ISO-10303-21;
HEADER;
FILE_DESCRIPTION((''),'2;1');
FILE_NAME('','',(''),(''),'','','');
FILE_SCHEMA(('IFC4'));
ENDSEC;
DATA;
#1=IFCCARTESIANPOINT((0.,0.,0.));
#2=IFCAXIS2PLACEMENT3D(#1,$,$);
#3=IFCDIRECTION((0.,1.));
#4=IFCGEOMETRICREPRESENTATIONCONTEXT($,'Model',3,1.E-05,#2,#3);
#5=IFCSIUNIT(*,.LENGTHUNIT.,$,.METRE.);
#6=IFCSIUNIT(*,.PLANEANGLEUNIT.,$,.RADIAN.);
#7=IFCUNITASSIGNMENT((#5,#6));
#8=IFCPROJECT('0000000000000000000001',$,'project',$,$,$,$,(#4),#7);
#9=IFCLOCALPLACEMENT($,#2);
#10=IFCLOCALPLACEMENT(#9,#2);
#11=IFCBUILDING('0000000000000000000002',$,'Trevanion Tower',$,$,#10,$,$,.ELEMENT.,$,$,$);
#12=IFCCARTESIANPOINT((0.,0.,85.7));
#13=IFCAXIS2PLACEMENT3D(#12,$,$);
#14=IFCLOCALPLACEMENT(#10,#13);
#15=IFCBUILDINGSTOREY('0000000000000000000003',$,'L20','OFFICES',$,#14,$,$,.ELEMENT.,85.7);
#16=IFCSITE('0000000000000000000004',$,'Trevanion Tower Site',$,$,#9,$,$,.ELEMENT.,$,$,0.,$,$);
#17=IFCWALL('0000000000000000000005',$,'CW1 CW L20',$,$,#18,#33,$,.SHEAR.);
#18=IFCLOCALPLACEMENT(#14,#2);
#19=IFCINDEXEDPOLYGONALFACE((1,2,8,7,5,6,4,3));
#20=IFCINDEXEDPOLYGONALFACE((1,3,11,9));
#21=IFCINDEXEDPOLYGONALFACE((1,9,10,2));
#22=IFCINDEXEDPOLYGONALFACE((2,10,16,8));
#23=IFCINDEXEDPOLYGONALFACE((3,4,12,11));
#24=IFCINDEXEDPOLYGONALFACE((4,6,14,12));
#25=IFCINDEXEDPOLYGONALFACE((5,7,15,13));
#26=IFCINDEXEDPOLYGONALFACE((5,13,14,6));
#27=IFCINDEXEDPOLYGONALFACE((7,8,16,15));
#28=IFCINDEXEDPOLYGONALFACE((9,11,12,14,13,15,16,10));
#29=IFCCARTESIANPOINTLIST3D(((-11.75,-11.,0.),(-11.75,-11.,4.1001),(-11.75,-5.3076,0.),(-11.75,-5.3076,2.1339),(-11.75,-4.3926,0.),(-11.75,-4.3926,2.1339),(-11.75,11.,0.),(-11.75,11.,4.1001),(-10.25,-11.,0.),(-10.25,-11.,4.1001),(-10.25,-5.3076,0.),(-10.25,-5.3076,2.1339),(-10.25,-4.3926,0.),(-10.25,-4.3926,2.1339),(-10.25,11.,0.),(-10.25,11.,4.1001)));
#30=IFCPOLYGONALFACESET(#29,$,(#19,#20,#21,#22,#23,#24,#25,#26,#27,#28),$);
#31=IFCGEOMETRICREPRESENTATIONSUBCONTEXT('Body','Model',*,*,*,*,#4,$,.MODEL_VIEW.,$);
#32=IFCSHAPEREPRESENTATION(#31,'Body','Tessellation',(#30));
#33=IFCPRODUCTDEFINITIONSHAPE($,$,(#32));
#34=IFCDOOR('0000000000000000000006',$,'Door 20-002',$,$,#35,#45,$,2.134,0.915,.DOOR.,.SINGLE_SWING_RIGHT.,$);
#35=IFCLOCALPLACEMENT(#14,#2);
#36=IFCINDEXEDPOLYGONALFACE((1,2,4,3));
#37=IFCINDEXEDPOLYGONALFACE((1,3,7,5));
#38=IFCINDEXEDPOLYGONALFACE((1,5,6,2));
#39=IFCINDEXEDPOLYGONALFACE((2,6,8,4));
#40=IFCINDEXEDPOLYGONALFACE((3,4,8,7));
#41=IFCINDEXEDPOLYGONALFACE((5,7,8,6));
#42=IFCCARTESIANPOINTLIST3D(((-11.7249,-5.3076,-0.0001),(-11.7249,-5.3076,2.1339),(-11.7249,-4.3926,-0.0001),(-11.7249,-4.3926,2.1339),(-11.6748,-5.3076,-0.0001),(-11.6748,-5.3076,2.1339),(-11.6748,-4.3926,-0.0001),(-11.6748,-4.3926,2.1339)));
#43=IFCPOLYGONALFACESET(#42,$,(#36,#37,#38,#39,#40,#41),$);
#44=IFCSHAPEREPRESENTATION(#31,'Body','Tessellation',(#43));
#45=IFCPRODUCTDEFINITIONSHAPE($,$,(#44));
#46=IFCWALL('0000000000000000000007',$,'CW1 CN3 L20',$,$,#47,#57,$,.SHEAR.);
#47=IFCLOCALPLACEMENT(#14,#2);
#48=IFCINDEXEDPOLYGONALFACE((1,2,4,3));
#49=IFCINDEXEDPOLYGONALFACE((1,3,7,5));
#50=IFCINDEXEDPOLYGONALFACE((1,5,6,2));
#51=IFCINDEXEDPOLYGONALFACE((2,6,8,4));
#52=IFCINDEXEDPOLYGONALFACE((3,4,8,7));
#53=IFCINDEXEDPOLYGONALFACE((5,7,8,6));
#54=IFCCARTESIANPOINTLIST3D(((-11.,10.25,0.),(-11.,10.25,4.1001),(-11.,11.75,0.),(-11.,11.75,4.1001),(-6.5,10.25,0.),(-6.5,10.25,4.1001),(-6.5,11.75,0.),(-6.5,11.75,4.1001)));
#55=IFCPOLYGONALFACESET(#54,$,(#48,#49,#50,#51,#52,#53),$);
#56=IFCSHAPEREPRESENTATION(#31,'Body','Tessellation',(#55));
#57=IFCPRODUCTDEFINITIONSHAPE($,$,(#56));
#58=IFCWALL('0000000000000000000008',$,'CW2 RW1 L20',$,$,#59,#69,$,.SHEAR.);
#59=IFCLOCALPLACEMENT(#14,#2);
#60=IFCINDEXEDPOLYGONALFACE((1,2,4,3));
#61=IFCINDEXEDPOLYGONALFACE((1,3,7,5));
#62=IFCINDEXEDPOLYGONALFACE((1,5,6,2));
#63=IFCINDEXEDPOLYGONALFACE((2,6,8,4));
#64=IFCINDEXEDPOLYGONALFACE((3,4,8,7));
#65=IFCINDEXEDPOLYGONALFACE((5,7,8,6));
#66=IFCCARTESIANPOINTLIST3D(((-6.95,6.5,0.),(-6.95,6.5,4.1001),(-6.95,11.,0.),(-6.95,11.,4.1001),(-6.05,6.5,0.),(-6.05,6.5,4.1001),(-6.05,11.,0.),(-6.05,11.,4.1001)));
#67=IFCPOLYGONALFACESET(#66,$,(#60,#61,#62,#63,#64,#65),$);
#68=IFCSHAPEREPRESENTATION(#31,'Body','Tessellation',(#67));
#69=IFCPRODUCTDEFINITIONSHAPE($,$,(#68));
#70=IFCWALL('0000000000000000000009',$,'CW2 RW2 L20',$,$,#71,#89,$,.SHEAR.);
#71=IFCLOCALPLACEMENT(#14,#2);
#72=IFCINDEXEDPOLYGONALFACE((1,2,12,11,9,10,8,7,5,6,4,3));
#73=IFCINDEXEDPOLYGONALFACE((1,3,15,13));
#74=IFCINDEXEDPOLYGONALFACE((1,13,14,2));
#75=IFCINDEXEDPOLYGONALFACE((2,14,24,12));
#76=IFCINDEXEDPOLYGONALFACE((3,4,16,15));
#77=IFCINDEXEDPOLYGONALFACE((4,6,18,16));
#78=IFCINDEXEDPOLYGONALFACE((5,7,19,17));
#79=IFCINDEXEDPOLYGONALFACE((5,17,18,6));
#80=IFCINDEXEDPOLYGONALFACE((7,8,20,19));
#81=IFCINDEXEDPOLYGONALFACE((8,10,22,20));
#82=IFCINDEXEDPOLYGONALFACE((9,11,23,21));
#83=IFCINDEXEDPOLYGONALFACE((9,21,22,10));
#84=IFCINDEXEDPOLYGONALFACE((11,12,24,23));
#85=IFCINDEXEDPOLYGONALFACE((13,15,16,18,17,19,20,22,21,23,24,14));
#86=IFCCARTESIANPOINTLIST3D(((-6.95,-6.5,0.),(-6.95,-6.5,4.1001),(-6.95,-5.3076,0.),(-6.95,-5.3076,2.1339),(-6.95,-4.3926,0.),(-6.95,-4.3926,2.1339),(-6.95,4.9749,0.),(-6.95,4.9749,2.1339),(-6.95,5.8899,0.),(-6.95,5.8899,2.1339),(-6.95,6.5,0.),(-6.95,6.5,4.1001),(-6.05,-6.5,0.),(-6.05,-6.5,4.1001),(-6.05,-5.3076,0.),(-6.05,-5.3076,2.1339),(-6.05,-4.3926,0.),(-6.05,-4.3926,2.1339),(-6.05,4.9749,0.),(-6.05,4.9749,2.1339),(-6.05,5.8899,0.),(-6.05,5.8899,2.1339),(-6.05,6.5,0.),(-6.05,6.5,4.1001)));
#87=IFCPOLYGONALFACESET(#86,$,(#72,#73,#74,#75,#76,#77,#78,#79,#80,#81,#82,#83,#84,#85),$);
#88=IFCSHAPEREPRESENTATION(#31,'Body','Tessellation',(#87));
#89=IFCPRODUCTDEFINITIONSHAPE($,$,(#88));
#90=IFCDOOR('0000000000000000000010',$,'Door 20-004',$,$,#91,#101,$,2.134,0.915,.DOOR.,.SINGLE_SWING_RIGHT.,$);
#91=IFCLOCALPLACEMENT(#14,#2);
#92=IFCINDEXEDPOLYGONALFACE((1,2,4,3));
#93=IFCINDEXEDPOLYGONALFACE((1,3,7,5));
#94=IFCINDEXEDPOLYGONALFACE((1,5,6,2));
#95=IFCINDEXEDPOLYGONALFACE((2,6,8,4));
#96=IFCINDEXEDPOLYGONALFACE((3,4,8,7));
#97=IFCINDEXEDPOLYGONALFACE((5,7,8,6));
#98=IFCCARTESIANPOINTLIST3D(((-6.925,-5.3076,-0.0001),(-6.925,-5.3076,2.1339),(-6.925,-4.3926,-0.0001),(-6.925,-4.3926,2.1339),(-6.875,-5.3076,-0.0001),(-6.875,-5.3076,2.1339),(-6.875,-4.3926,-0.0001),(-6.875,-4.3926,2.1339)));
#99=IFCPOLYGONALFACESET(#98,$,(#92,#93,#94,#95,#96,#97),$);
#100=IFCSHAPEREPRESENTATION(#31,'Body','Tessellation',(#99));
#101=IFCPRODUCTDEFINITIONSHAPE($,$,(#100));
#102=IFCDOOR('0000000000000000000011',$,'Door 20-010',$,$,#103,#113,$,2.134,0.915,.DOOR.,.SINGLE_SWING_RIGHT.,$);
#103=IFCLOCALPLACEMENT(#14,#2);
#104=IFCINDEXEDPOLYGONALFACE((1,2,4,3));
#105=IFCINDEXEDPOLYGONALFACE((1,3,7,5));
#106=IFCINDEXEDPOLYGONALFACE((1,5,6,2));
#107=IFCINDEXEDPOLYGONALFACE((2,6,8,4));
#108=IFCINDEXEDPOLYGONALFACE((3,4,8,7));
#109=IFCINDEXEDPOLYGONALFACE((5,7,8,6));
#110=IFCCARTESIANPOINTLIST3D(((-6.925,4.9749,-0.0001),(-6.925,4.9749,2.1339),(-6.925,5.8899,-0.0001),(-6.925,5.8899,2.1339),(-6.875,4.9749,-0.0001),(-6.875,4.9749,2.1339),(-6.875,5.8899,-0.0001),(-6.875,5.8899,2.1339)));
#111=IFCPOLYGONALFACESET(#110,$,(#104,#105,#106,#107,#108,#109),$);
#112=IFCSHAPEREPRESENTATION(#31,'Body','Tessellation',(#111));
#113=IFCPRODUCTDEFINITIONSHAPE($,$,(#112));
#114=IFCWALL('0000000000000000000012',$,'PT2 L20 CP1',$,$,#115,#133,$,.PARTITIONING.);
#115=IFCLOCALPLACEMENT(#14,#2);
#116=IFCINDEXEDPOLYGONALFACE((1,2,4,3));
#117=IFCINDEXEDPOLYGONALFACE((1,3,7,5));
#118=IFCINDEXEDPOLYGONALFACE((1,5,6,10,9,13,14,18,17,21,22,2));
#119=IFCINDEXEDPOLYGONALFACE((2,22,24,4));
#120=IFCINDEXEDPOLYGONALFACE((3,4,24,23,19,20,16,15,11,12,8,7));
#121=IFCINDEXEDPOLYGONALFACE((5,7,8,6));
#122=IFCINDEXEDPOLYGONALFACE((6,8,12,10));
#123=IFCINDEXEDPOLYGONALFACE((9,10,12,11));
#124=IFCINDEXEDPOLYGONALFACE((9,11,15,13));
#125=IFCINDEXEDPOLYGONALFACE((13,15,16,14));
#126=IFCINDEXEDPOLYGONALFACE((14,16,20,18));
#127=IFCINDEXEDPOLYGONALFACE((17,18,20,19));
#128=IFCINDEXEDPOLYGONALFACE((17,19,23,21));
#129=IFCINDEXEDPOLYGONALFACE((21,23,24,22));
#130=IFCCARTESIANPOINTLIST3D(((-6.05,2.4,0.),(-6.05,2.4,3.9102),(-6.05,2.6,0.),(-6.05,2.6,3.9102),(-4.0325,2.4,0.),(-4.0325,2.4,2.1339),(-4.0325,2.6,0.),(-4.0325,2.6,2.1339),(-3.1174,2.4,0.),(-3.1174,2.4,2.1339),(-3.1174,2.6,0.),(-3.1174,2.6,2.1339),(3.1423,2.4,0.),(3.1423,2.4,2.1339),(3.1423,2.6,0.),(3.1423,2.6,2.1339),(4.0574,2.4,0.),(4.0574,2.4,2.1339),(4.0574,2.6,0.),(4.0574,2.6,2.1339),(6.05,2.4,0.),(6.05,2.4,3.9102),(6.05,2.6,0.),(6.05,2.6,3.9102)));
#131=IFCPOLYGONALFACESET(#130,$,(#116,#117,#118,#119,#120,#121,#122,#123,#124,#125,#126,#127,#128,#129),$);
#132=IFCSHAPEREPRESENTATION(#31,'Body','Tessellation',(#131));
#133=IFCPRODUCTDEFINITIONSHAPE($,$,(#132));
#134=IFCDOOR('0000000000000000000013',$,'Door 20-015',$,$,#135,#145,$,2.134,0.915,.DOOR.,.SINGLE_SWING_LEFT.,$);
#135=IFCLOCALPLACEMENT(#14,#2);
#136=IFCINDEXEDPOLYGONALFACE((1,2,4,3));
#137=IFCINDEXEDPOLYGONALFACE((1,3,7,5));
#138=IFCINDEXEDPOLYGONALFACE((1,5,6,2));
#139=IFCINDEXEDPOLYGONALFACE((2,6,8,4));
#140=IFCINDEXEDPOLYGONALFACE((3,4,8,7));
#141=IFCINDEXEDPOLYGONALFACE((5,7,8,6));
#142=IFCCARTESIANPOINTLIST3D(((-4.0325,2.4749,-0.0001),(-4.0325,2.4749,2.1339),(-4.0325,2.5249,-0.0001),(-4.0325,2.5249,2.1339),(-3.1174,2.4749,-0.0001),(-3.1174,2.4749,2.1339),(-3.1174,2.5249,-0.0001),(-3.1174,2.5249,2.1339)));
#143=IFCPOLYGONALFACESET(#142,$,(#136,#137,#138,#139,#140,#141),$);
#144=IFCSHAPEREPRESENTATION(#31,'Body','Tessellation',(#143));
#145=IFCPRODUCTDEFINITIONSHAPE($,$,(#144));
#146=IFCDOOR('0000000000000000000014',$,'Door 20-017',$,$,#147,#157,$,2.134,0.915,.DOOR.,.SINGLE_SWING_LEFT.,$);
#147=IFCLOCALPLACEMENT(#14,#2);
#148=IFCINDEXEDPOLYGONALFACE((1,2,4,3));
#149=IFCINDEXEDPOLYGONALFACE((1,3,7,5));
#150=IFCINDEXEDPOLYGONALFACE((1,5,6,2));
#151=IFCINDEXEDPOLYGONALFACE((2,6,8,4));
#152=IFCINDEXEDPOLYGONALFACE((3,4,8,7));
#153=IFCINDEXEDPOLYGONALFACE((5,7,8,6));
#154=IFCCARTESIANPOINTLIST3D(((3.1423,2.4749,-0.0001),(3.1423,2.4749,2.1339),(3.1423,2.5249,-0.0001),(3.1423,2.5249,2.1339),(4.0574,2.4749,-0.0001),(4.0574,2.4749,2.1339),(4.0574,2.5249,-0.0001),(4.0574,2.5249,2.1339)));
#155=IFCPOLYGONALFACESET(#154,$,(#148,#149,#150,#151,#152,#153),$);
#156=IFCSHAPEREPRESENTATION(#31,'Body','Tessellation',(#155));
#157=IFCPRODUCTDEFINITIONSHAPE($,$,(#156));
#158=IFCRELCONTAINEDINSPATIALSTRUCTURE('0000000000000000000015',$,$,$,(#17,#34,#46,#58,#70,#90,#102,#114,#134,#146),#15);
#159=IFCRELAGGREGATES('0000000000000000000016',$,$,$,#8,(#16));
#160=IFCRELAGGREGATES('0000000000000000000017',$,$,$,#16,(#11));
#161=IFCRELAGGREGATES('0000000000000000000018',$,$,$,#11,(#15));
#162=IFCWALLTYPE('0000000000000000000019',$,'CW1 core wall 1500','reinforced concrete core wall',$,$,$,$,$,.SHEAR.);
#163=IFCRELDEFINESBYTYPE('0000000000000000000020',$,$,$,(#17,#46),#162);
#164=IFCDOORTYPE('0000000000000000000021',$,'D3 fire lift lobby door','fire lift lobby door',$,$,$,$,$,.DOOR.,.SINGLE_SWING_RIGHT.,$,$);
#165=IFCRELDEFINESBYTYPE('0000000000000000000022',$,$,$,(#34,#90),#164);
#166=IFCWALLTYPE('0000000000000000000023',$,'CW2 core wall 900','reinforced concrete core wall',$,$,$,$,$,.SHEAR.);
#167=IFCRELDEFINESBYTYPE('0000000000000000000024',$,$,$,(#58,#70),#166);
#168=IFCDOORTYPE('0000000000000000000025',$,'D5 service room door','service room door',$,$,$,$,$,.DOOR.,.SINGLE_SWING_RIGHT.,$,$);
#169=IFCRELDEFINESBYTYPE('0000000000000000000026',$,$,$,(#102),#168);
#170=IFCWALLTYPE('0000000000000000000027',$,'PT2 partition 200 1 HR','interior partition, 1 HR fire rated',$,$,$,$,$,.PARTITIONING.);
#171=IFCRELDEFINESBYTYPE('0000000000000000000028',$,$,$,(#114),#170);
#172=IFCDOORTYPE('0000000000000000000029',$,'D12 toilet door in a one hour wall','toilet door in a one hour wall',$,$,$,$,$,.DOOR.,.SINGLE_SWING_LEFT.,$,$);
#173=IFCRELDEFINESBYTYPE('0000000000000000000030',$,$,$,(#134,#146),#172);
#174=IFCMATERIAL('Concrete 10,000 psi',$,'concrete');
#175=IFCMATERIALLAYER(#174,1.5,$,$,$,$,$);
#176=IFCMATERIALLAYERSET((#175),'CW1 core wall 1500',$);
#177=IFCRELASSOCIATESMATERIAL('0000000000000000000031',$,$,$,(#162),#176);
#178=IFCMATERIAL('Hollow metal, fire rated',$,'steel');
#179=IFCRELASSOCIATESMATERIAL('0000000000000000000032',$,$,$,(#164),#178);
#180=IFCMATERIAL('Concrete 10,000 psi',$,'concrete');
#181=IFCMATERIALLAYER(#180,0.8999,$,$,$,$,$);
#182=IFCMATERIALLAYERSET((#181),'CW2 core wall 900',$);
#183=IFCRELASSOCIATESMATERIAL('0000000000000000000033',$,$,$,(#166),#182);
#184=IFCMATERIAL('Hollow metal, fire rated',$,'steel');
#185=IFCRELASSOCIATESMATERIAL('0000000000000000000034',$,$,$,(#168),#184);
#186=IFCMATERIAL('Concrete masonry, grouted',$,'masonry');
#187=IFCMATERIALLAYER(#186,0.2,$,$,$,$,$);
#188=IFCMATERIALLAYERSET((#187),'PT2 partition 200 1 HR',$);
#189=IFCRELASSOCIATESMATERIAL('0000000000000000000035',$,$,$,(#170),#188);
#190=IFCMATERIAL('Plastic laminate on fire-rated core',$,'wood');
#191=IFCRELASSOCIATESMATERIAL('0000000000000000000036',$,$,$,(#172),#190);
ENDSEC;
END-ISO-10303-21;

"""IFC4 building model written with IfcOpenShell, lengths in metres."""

from ifc_helpers import new_model, si_unit, direction, frame, frame_2d, origin, place, context, subcontext, project, spatial, rectangle, extrude, material, layer, layer_set, type_object, element, fill, save


model = new_model("IFC4")

# Units and contexts
model_context = context("Model", 3, precision=1e-05, world=origin(), true_north=direction((0.0, 1.0)))
body_context = subcontext(model_context, "Body", "Model", "MODEL_VIEW")
ifc_project = project(units=[si_unit("LENGTHUNIT", "METRE"), si_unit("PLANEANGLEUNIT", "RADIAN")], contexts=[model_context])

# Site, building, storey
site_placement = place(None, origin())
site = spatial("IfcSite", under=ifc_project, at=site_placement, Name="Trevanion Tower Site", CompositionType="ELEMENT", RefElevation=0.0)
building_placement = place(site_placement, origin())
building = spatial("IfcBuilding", under=site, at=building_placement, Name="Trevanion Tower", CompositionType="ELEMENT")
storey_placement = place(building_placement, frame((0.0, 0.0, 85.7)))
storey = spatial("IfcBuildingStorey", under=building, at=storey_placement, Name="L20", Description="OFFICES", CompositionType="ELEMENT", Elevation=85.7)

# Wall, opening, door
ifc_material_1 = material(Name="Concrete 10,000 psi", Category="concrete")
ifc_layer_1 = layer(ifc_material_1, 1.5)
ifc_layer_set_1 = layer_set([ifc_layer_1], Name="CW1 core wall 1500")
wall_type_1 = type_object("IfcWallType", Name="CW1 core wall 1500", Description="reinforced concrete core wall", PredefinedType="SHEAR", material=ifc_layer_set_1)
wall_1_placement = place(storey_placement, frame((-11.0, 11.0, 0.0), z_axis=(0.0, 0.0, 1.0), x_axis=(0.0, -1.0, 0.0)))
wall_1 = element("IfcWall", 1, at=wall_1_placement, inside=storey, type_object=wall_type_1, Name="CW1 CW L20", PredefinedType="SHEAR", context=body_context, shape_type="SweptSolid", body=[
    extrude(rectangle(XDim=22.0, YDim=1.5, at=frame_2d((11.0, 0.0))), origin(), (0.0, 0.0, 1.0), 4.1001),
])
opening_1_placement = place(wall_1_placement, frame((15.3926, 0.0, 0.0)))
opening_1 = element("IfcOpeningElement", 2, at=opening_1_placement, cuts=wall_1, PredefinedType="OPENING", context=body_context, shape_type="SweptSolid", body=[
    extrude(rectangle(XDim=0.915, YDim=2.134, at=frame_2d((0.4575, 1.0669))), frame((0.0, 0.76, 0.0), z_axis=(0.0, -1.0, 0.0), x_axis=(1.0, 0.0, 0.0)), (0.0, 0.0, 1.0), 1.52),
])
ifc_material_2 = material(Name="Hollow metal, fire rated", Category="steel")
door_type_1 = type_object("IfcDoorType", Name="D3 fire lift lobby door", Description="fire lift lobby door", OperationType="SINGLE_SWING_RIGHT", PredefinedType="DOOR", material=ifc_material_2)
door_1_placement = place(opening_1_placement, origin())
door_1 = element("IfcDoor", 3, at=door_1_placement, inside=storey, type_object=door_type_1, Name="Door 20-002", OperationType="SINGLE_SWING_RIGHT", OverallHeight=2.134, OverallWidth=0.915, PredefinedType="DOOR", context=body_context, shape_type="SweptSolid", body=[
    extrude(rectangle(XDim=0.915, YDim=2.134, at=frame_2d((0.4575, 1.0669))), frame((0.0, -0.6748, 0.0), z_axis=(0.0, -1.0, 0.0), x_axis=(1.0, 0.0, 0.0)), (0.0, 0.0, 1.0), 0.05),
])
fill(opening_1, door_1)

# Walls
wall_2_placement = place(storey_placement, frame((-6.5, 11.0, 0.0), z_axis=(0.0, 0.0, 1.0), x_axis=(-1.0, 0.0, 0.0)))
element("IfcWall", 4, at=wall_2_placement, inside=storey, type_object=wall_type_1, Name="CW1 CN3 L20", PredefinedType="SHEAR", context=body_context, shape_type="SweptSolid", body=[
    extrude(rectangle(XDim=4.5, YDim=1.5, at=frame_2d((2.25, 0.0))), origin(), (0.0, 0.0, 1.0), 4.1001),
])
ifc_material_3 = material(Name="Concrete 10,000 psi", Category="concrete")
ifc_layer_2 = layer(ifc_material_3, 0.8999)
ifc_layer_set_2 = layer_set([ifc_layer_2], Name="CW2 core wall 900")
wall_type_2 = type_object("IfcWallType", Name="CW2 core wall 900", Description="reinforced concrete core wall", PredefinedType="SHEAR", material=ifc_layer_set_2)
wall_3_placement = place(storey_placement, frame((-6.5, 11.0, 0.0), z_axis=(0.0, 0.0, 1.0), x_axis=(0.0, -1.0, 0.0)))
element("IfcWall", 5, at=wall_3_placement, inside=storey, type_object=wall_type_2, Name="CW2 RW1 L20", PredefinedType="SHEAR", context=body_context, shape_type="SweptSolid", body=[
    extrude(rectangle(XDim=4.5, YDim=0.8999, at=frame_2d((2.25, 0.0))), origin(), (0.0, 0.0, 1.0), 4.1001),
])

# Walls, openings, doors
wall_4_placement = place(storey_placement, frame((-6.5, 6.5, 0.0), z_axis=(0.0, 0.0, 1.0), x_axis=(0.0, -1.0, 0.0)))
wall_4 = element("IfcWall", 6, at=wall_4_placement, inside=storey, type_object=wall_type_2, Name="CW2 RW2 L20", PredefinedType="SHEAR", context=body_context, shape_type="SweptSolid", body=[
    extrude(rectangle(XDim=13.0, YDim=0.8999, at=frame_2d((6.5, 0.0))), origin(), (0.0, 0.0, 1.0), 4.1001),
])
opening_2_placement = place(wall_4_placement, frame((10.8926, 0.0, 0.0)))
opening_2 = element("IfcOpeningElement", 7, at=opening_2_placement, cuts=wall_4, PredefinedType="OPENING", context=body_context, shape_type="SweptSolid", body=[
    extrude(rectangle(XDim=0.915, YDim=2.134, at=frame_2d((0.4575, 1.0669))), frame((0.0, 0.46, 0.0), z_axis=(0.0, -1.0, 0.0), x_axis=(1.0, 0.0, 0.0)), (0.0, 0.0, 1.0), 0.9199),
])
opening_3_placement = place(wall_4_placement, frame((0.6101, 0.0, 0.0)))
opening_3 = element("IfcOpeningElement", 8, at=opening_3_placement, cuts=wall_4, PredefinedType="OPENING", context=body_context, shape_type="SweptSolid", body=[
    extrude(rectangle(XDim=0.915, YDim=2.134, at=frame_2d((0.4575, 1.0669))), frame((0.0, 0.46, 0.0), z_axis=(0.0, -1.0, 0.0), x_axis=(1.0, 0.0, 0.0)), (0.0, 0.0, 1.0), 0.9199),
])
door_2_placement = place(opening_2_placement, origin())
door_2 = element("IfcDoor", 9, at=door_2_placement, inside=storey, type_object=door_type_1, Name="Door 20-004", OperationType="SINGLE_SWING_RIGHT", OverallHeight=2.134, OverallWidth=0.915, PredefinedType="DOOR", context=body_context, shape_type="SweptSolid", body=[
    extrude(rectangle(XDim=0.915, YDim=2.134, at=frame_2d((0.4575, 1.0669))), frame((0.0, -0.375, 0.0), z_axis=(0.0, -1.0, 0.0), x_axis=(1.0, 0.0, 0.0)), (0.0, 0.0, 1.0), 0.05),
])
fill(opening_2, door_2)
ifc_material_4 = material(Name="Hollow metal, fire rated", Category="steel")
door_type_2 = type_object("IfcDoorType", Name="D5 service room door", Description="service room door", OperationType="SINGLE_SWING_RIGHT", PredefinedType="DOOR", material=ifc_material_4)
door_3_placement = place(opening_3_placement, origin())
door_3 = element("IfcDoor", 10, at=door_3_placement, inside=storey, type_object=door_type_2, Name="Door 20-010", OperationType="SINGLE_SWING_RIGHT", OverallHeight=2.134, OverallWidth=0.915, PredefinedType="DOOR", context=body_context, shape_type="SweptSolid", body=[
    extrude(rectangle(XDim=0.915, YDim=2.134, at=frame_2d((0.4575, 1.0669))), frame((0.0, -0.375, 0.0), z_axis=(0.0, -1.0, 0.0), x_axis=(1.0, 0.0, 0.0)), (0.0, 0.0, 1.0), 0.05),
])
fill(opening_3, door_3)
ifc_material_5 = material(Name="Concrete masonry, grouted", Category="masonry")
ifc_layer_3 = layer(ifc_material_5, 0.2)
ifc_layer_set_3 = layer_set([ifc_layer_3], Name="PT2 partition 200 1 HR")
wall_type_3 = type_object("IfcWallType", Name="PT2 partition 200 1 HR", Description="interior partition, 1 HR fire rated", PredefinedType="PARTITIONING", material=ifc_layer_set_3)
wall_5_placement = place(storey_placement, frame((-6.05, 2.5, 0.0), z_axis=(0.0, 0.0, 1.0), x_axis=(1.0, 0.0, 0.0)))
wall_5 = element("IfcWall", 11, at=wall_5_placement, inside=storey, type_object=wall_type_3, Name="PT2 L20 CP1", PredefinedType="PARTITIONING", context=body_context, shape_type="SweptSolid", body=[
    extrude(rectangle(XDim=12.1001, YDim=0.2, at=frame_2d((6.05, 0.0))), origin(), (0.0, 0.0, 1.0), 3.9102),
])
opening_4_placement = place(wall_5_placement, frame((2.0176, 0.0, 0.0)))
opening_4 = element("IfcOpeningElement", 12, at=opening_4_placement, cuts=wall_5, PredefinedType="OPENING", context=body_context, shape_type="SweptSolid", body=[
    extrude(rectangle(XDim=0.915, YDim=2.134, at=frame_2d((0.4575, 1.0669))), frame((0.0, 0.1099, 0.0), z_axis=(0.0, -1.0, 0.0), x_axis=(1.0, 0.0, 0.0)), (0.0, 0.0, 1.0), 0.22),
])
opening_5_placement = place(wall_5_placement, frame((9.1924, 0.0, 0.0)))
opening_5 = element("IfcOpeningElement", 13, at=opening_5_placement, cuts=wall_5, PredefinedType="OPENING", context=body_context, shape_type="SweptSolid", body=[
    extrude(rectangle(XDim=0.915, YDim=2.134, at=frame_2d((0.4575, 1.0669))), frame((0.0, 0.1099, 0.0), z_axis=(0.0, -1.0, 0.0), x_axis=(1.0, 0.0, 0.0)), (0.0, 0.0, 1.0), 0.22),
])
ifc_material_6 = material(Name="Plastic laminate on fire-rated core", Category="wood")
door_type_3 = type_object("IfcDoorType", Name="D12 toilet door in a one hour wall", Description="toilet door in a one hour wall", OperationType="SINGLE_SWING_LEFT", PredefinedType="DOOR", material=ifc_material_6)
door_4_placement = place(opening_4_placement, origin())
door_4 = element("IfcDoor", 14, at=door_4_placement, inside=storey, type_object=door_type_3, Name="Door 20-015", OperationType="SINGLE_SWING_LEFT", OverallHeight=2.134, OverallWidth=0.915, PredefinedType="DOOR", context=body_context, shape_type="SweptSolid", body=[
    extrude(rectangle(XDim=0.915, YDim=2.134, at=frame_2d((0.4575, 1.0669))), frame((0.0, 0.0249, 0.0), z_axis=(0.0, -1.0, 0.0), x_axis=(1.0, 0.0, 0.0)), (0.0, 0.0, 1.0), 0.05),
])
fill(opening_4, door_4)
door_5_placement = place(opening_5_placement, origin())
door_5 = element("IfcDoor", 15, at=door_5_placement, inside=storey, type_object=door_type_3, Name="Door 20-017", OperationType="SINGLE_SWING_LEFT", OverallHeight=2.134, OverallWidth=0.915, PredefinedType="DOOR", context=body_context, shape_type="SweptSolid", body=[
    extrude(rectangle(XDim=0.915, YDim=2.134, at=frame_2d((0.4575, 1.0669))), frame((0.0, 0.0249, 0.0), z_axis=(0.0, -1.0, 0.0), x_axis=(1.0, 0.0, 0.0)), (0.0, 0.0, 1.0), 0.05),
])
fill(opening_5, door_5)

save(model, "model.ifc")
